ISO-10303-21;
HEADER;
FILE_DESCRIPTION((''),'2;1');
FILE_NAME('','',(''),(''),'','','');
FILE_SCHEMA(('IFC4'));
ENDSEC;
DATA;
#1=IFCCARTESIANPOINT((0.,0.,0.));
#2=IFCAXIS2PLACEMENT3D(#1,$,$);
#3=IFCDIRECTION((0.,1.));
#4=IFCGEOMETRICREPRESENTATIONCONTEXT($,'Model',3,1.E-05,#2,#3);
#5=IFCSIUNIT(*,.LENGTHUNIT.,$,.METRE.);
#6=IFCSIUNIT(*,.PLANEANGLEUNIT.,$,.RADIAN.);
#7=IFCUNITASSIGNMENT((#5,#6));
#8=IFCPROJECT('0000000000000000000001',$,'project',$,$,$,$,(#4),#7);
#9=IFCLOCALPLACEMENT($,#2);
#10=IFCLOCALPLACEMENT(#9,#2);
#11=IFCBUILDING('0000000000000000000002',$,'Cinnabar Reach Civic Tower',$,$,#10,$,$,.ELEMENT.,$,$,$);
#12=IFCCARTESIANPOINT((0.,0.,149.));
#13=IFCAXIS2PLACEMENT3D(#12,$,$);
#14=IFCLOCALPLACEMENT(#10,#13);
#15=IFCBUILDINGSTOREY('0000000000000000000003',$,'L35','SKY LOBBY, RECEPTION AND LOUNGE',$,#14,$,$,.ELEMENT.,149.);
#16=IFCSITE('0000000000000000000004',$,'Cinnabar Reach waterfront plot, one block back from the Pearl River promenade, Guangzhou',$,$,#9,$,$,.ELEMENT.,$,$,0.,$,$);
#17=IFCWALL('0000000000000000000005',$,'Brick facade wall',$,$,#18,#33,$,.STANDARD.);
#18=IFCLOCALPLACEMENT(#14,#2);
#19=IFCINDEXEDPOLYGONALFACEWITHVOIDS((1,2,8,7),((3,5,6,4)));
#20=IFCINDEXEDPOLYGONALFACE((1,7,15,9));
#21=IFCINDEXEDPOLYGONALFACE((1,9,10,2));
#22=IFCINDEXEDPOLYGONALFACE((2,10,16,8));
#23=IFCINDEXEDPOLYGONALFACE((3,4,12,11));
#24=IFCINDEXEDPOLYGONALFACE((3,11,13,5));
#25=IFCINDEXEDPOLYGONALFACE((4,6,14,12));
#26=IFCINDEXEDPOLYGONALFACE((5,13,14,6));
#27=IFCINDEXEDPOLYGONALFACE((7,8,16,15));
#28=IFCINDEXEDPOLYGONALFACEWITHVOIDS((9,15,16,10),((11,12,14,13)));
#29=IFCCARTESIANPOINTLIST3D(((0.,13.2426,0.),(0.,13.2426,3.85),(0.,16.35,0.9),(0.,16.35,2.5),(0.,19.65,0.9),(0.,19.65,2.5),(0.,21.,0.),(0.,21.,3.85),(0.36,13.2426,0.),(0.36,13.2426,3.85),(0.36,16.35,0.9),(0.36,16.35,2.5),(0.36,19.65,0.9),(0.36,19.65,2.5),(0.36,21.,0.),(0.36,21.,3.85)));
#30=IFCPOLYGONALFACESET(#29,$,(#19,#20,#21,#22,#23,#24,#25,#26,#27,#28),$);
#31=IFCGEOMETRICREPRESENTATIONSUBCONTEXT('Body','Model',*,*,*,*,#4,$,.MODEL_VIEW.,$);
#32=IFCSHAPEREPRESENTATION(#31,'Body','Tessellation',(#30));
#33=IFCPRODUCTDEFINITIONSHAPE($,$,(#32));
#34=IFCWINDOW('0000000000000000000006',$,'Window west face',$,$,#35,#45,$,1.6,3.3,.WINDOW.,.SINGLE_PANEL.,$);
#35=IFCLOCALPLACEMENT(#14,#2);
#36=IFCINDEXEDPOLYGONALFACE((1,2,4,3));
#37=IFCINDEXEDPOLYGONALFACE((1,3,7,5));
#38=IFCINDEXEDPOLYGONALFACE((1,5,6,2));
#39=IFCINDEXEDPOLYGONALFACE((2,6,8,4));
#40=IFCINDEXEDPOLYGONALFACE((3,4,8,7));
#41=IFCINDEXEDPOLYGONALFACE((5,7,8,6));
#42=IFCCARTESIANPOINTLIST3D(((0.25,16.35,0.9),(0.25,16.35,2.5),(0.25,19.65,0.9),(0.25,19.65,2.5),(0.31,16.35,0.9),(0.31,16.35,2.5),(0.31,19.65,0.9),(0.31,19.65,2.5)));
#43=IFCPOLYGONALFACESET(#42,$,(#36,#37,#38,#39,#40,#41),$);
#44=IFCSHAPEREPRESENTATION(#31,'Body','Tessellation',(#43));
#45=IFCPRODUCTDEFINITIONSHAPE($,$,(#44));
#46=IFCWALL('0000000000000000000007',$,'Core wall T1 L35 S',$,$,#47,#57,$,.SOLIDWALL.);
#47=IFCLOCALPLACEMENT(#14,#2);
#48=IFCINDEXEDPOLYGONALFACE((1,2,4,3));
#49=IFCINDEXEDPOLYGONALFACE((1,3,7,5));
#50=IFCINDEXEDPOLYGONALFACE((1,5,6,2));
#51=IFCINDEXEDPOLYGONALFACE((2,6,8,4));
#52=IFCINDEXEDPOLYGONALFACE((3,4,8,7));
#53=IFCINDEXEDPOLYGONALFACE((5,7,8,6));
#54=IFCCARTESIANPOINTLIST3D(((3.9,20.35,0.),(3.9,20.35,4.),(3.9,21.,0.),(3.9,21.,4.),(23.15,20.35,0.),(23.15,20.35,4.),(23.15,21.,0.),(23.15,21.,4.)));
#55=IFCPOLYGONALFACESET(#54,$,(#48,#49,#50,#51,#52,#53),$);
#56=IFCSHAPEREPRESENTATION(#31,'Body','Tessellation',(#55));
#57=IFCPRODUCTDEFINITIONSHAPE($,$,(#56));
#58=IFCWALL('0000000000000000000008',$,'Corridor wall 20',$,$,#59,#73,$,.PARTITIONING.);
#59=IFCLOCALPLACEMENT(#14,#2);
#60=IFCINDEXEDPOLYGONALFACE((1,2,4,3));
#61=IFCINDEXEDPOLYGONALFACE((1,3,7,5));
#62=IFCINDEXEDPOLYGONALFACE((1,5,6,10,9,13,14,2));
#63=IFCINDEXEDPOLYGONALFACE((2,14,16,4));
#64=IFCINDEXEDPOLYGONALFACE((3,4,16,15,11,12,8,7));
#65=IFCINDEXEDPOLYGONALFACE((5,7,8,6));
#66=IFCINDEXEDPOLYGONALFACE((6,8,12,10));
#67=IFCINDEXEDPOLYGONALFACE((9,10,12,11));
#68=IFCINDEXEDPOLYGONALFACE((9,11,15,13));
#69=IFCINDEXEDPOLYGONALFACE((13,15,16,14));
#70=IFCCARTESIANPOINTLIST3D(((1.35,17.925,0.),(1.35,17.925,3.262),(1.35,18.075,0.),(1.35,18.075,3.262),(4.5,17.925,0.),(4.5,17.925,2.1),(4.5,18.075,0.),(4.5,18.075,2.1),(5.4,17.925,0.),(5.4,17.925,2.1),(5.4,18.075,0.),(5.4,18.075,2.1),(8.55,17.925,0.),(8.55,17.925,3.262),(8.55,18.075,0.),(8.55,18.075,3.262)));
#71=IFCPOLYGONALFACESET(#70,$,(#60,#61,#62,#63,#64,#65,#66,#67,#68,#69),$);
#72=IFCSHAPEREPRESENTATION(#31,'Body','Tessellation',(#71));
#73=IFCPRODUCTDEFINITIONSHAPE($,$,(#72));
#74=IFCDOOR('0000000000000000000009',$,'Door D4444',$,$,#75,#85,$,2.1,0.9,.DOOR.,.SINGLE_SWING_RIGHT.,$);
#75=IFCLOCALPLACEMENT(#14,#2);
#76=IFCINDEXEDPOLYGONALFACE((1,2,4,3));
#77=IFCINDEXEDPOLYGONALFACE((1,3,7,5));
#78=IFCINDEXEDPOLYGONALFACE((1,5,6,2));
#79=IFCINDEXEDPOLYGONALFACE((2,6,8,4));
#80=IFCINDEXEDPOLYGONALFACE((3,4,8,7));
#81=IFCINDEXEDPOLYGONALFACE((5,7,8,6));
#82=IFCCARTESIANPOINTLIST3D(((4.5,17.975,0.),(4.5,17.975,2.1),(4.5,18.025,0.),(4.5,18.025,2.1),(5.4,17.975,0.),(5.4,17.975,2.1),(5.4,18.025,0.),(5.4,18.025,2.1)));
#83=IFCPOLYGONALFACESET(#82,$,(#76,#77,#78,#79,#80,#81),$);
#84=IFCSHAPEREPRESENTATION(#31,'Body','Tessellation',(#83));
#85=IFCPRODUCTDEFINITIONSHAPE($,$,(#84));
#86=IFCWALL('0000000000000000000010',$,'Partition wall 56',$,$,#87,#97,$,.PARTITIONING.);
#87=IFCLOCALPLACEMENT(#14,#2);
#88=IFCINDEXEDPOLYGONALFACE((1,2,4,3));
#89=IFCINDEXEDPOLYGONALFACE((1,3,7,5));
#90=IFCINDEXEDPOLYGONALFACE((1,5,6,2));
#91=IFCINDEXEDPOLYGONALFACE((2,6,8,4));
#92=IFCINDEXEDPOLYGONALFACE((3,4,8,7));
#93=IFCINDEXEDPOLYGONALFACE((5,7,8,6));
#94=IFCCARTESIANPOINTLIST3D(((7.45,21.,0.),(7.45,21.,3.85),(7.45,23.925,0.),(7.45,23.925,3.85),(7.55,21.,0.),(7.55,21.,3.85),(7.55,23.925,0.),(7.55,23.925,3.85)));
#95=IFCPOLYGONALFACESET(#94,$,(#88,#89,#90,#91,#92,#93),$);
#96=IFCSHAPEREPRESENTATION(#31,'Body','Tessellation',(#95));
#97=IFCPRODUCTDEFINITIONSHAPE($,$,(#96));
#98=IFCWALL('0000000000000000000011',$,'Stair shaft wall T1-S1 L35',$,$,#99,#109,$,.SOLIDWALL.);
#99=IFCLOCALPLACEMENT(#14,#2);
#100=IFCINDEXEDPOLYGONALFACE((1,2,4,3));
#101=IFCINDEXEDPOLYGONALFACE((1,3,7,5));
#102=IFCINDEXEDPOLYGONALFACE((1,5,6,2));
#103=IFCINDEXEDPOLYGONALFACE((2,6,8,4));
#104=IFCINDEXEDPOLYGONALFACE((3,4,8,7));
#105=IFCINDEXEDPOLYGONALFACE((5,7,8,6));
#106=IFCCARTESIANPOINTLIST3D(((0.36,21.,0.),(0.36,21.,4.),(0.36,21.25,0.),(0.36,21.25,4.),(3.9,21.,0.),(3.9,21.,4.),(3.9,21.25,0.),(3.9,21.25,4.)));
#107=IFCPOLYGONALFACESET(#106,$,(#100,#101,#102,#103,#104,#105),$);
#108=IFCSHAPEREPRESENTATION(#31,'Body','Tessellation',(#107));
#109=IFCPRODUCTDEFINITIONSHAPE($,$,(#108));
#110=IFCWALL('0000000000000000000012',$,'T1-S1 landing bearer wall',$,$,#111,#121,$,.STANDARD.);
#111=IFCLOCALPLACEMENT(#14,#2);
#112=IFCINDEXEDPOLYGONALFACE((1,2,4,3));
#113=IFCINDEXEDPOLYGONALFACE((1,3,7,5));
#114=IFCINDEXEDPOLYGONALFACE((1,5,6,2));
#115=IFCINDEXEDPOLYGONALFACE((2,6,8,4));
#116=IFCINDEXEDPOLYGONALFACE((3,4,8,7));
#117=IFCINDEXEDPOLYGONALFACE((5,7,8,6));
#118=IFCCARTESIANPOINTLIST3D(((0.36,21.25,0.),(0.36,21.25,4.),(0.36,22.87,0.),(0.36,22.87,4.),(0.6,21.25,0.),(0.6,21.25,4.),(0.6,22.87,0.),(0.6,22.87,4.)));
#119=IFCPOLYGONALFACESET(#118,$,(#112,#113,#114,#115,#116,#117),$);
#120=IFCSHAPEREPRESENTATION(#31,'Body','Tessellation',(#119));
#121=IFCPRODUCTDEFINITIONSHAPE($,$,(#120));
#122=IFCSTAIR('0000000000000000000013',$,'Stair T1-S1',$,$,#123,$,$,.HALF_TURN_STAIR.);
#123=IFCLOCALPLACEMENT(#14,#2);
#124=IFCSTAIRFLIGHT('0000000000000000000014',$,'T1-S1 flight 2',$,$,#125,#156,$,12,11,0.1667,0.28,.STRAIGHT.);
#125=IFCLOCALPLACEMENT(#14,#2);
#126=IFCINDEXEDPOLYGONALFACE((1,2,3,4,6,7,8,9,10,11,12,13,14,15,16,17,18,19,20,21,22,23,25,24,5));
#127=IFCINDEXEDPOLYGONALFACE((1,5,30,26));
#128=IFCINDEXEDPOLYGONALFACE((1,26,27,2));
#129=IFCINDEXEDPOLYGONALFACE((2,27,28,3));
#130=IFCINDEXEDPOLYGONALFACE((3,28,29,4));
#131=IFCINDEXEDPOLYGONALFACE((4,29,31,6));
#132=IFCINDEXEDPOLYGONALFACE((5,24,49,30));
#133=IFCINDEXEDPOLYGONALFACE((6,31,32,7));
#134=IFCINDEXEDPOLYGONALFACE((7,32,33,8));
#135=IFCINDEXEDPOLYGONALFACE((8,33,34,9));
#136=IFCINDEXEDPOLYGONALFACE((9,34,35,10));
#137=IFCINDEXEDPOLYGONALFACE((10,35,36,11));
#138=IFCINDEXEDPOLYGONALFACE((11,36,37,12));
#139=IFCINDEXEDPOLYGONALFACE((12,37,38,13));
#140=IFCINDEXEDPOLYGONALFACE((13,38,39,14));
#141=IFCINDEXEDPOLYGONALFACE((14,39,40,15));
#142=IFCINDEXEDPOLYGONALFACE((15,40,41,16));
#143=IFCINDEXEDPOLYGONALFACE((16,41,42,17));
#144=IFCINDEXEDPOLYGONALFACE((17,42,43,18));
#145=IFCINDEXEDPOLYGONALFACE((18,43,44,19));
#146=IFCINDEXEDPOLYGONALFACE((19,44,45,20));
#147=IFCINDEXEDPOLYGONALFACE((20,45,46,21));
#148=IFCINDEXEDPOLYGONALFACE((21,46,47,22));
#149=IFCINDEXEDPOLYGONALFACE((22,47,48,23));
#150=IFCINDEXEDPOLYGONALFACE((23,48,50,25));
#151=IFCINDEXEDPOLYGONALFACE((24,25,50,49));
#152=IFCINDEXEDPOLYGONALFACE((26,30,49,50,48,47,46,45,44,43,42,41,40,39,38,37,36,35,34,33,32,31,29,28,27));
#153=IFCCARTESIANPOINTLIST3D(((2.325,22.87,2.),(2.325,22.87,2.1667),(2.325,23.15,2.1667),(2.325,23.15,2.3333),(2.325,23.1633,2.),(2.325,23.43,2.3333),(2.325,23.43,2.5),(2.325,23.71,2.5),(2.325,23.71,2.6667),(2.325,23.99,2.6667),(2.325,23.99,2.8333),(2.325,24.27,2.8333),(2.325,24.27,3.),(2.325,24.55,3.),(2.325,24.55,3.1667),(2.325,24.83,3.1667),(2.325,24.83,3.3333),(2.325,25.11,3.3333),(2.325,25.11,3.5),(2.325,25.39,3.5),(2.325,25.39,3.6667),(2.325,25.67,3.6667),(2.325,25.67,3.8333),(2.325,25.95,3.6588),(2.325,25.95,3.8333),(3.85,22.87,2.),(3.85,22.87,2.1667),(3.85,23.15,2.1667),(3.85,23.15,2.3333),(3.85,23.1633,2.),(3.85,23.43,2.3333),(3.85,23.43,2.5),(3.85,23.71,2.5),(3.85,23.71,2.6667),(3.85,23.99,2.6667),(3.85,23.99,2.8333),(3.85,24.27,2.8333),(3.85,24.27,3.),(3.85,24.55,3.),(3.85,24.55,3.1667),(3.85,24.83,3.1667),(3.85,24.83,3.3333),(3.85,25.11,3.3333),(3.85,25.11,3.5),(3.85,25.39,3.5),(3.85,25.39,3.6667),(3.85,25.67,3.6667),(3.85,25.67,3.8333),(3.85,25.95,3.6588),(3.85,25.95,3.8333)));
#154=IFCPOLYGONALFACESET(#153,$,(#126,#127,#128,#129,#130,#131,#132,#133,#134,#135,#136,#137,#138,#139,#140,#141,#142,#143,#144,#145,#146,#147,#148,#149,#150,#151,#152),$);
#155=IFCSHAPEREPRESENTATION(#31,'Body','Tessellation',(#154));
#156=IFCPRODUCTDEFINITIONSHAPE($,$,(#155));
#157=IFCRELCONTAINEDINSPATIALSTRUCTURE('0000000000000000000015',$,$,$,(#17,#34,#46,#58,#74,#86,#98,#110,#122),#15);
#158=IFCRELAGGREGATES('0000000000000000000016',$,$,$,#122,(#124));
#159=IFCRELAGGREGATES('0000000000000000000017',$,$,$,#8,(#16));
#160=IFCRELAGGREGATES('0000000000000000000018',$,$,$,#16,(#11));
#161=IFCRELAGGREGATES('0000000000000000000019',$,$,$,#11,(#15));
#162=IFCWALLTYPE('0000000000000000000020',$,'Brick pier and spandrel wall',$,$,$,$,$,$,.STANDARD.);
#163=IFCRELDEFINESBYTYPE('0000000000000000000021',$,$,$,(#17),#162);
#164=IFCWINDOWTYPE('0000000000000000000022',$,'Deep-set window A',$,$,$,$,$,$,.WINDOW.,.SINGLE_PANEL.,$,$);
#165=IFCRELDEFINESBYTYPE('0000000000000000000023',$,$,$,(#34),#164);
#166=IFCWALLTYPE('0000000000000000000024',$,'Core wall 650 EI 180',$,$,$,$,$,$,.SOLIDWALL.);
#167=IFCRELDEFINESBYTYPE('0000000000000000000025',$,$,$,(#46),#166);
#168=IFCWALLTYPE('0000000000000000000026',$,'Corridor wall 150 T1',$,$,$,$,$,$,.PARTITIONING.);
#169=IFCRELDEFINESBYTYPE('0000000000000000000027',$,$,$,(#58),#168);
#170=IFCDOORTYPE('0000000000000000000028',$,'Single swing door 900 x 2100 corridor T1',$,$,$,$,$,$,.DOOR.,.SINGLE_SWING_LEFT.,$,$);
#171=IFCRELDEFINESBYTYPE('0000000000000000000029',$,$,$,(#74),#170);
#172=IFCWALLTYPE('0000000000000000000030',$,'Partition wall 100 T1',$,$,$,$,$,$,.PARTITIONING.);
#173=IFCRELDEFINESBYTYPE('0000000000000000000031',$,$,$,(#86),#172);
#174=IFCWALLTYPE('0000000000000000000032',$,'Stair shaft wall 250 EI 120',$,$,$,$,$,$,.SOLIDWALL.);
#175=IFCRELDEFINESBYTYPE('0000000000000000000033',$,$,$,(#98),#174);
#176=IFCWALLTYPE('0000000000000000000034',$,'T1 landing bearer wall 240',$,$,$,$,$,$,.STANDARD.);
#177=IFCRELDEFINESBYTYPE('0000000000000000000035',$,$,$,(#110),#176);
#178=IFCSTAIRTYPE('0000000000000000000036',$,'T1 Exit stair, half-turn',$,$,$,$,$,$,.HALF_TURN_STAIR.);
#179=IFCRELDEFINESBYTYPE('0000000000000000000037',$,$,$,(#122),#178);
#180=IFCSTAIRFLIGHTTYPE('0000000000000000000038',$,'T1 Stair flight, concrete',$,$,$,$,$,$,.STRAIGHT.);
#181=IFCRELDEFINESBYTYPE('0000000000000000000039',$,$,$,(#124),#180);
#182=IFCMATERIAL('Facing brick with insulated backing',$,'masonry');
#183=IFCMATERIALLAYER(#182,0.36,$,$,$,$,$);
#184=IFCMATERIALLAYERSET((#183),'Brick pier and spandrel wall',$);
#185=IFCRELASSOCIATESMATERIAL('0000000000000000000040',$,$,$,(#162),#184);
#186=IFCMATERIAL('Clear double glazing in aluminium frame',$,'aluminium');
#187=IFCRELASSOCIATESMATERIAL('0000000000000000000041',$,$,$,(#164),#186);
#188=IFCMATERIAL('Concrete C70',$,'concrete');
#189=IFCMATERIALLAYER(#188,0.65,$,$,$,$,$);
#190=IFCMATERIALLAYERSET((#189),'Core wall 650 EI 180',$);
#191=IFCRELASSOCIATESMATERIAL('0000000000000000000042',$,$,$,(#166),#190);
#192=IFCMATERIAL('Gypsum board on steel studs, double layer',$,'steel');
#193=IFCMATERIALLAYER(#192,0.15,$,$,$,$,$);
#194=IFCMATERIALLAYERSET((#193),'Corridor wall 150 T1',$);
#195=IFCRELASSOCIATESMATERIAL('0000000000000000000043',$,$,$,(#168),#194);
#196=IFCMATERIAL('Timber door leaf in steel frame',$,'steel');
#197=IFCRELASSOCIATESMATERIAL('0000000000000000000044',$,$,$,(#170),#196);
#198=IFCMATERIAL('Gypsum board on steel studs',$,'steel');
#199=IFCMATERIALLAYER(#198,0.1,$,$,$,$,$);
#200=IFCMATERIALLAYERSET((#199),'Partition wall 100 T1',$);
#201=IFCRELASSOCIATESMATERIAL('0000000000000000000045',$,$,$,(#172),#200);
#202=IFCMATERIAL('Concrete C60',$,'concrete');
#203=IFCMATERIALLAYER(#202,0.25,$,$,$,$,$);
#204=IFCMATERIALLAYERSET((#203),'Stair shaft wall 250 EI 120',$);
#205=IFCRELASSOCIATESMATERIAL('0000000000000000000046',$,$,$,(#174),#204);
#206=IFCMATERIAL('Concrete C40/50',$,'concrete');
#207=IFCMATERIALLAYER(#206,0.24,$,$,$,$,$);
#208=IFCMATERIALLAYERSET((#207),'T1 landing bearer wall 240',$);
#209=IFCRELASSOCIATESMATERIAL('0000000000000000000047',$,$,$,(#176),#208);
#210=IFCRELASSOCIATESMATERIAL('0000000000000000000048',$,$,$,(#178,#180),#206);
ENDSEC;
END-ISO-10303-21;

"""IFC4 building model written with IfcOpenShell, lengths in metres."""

from ifc_helpers import new_model, si_unit, direction, frame, frame_2d, origin, place, context, subcontext, project, spatial, polyline, rectangle, outline, extrude, material, layer, layer_set, type_object, element, fill, aggregate, save


model = new_model("IFC4")

# Units and contexts
model_context = context("Model", 3, precision=1e-05, world=origin(), true_north=direction((0.0, 1.0)))
body_context = subcontext(model_context, "Body", "Model", "MODEL_VIEW")
ifc_project = project(units=[si_unit("LENGTHUNIT", "METRE"), si_unit("PLANEANGLEUNIT", "RADIAN")], contexts=[model_context])

# Site, building, storey
site_placement = place(None, origin())
site = spatial("IfcSite", under=ifc_project, at=site_placement, Name="Cinnabar Reach waterfront plot, one block back from the Pearl River promenade, Guangzhou", CompositionType="ELEMENT", RefElevation=0.0)
building_placement = place(site_placement, origin())
building = spatial("IfcBuilding", under=site, at=building_placement, Name="Cinnabar Reach Civic Tower", CompositionType="ELEMENT")
storey_placement = place(building_placement, frame((0.0, 0.0, 149.0)))
storey = spatial("IfcBuildingStorey", under=building, at=storey_placement, Name="L35", Description="SKY LOBBY, RECEPTION AND LOUNGE", CompositionType="ELEMENT", Elevation=149.0)

# Shared definitions
ifc_material_1 = material(Name="Concrete C70", Category="concrete")

# Wall, opening, window
ifc_material_2 = material(Name="Facing brick with insulated backing", Category="masonry")
ifc_layer_1 = layer(ifc_material_2, 0.36)
ifc_layer_set_1 = layer_set([ifc_layer_1], Name="Brick pier and spandrel wall")
wall_type_1 = type_object("IfcWallType", Name="Brick pier and spandrel wall", PredefinedType="STANDARD", material=ifc_layer_set_1)
wall_1_placement = place(storey_placement, frame((0.18, 21.0, 0.0), z_axis=(0.0, 0.0, 1.0), x_axis=(0.0, -1.0, 0.0)))
wall_1 = element("IfcWall", 1, at=wall_1_placement, inside=storey, type_object=wall_type_1, Name="Brick facade wall", PredefinedType="STANDARD", context=body_context, shape_type="SweptSolid", body=[
    extrude(rectangle(XDim=7.7574, YDim=0.36, at=frame_2d((3.8787, 0.0))), origin(), (0.0, 0.0, 1.0), 3.85),
])
opening_1_placement = place(wall_1_placement, frame((1.35, 0.0, 0.9)))
opening_1 = element("IfcOpeningElement", 2, at=opening_1_placement, cuts=wall_1, PredefinedType="OPENING", context=body_context, shape_type="SweptSolid", body=[
    extrude(rectangle(XDim=3.3, YDim=1.6, at=frame_2d((1.65, 0.8))), frame((0.0, 0.19, 0.0), z_axis=(0.0, -1.0, 0.0), x_axis=(1.0, 0.0, 0.0)), (0.0, 0.0, 1.0), 0.38),
])
ifc_material_3 = material(Name="Clear double glazing in aluminium frame", Category="aluminium")
window_type = type_object("IfcWindowType", Name="Deep-set window A", PartitioningType="SINGLE_PANEL", PredefinedType="WINDOW", material=ifc_material_3)
window_placement = place(opening_1_placement, origin())
window = element("IfcWindow", 3, at=window_placement, inside=storey, type_object=window_type, Name="Window west face", OverallHeight=1.6, OverallWidth=3.3, PartitioningType="SINGLE_PANEL", PredefinedType="WINDOW", context=body_context, shape_type="SweptSolid", body=[
    extrude(rectangle(XDim=3.3, YDim=1.6, at=frame_2d((1.65, 0.8))), frame((0.0, 0.13, 0.0), z_axis=(0.0, -1.0, 0.0), x_axis=(1.0, 0.0, 0.0)), (0.0, 0.0, 1.0), 0.06),
])
fill(opening_1, window)

# Wall
ifc_layer_2 = layer(ifc_material_1, 0.65)
ifc_layer_set_2 = layer_set([ifc_layer_2], Name="Core wall 650 EI 180")
wall_type_2 = type_object("IfcWallType", Name="Core wall 650 EI 180", PredefinedType="SOLIDWALL", material=ifc_layer_set_2)
wall_2_placement = place(storey_placement, frame((3.9, 20.675, 0.0), z_axis=(0.0, 0.0, 1.0), x_axis=(1.0, 0.0, 0.0)))
element("IfcWall", 4, at=wall_2_placement, inside=storey, type_object=wall_type_2, Name="Core wall T1 L35 S", PredefinedType="SOLIDWALL", context=body_context, shape_type="SweptSolid", body=[
    extrude(rectangle(XDim=19.25, YDim=0.65, at=frame_2d((9.625, 0.0))), origin(), (0.0, 0.0, 1.0), 4.0),
])

# Wall, opening, door
ifc_material_4 = material(Name="Gypsum board on steel studs, double layer", Category="steel")
ifc_layer_3 = layer(ifc_material_4, 0.15)
ifc_layer_set_3 = layer_set([ifc_layer_3], Name="Corridor wall 150 T1")
wall_type_3 = type_object("IfcWallType", Name="Corridor wall 150 T1", PredefinedType="PARTITIONING", material=ifc_layer_set_3)
wall_3_placement = place(storey_placement, frame((1.35, 18.0, 0.0), z_axis=(0.0, 0.0, 1.0), x_axis=(1.0, 0.0, 0.0)))
wall_3 = element("IfcWall", 5, at=wall_3_placement, inside=storey, type_object=wall_type_3, Name="Corridor wall 20", PredefinedType="PARTITIONING", context=body_context, shape_type="SweptSolid", body=[
    extrude(rectangle(XDim=7.2, YDim=0.15, at=frame_2d((3.6, 0.0))), origin(), (0.0, 0.0, 1.0), 3.262),
])
opening_2_placement = place(wall_3_placement, frame((3.15, 0.0, 0.0)))
opening_2 = element("IfcOpeningElement", 6, at=opening_2_placement, cuts=wall_3, PredefinedType="OPENING", context=body_context, shape_type="SweptSolid", body=[
    extrude(rectangle(XDim=0.9, YDim=2.1, at=frame_2d((0.45, 1.05))), frame((0.0, 0.085, 0.0), z_axis=(0.0, -1.0, 0.0), x_axis=(1.0, 0.0, 0.0)), (0.0, 0.0, 1.0), 0.17),
])
ifc_material_5 = material(Name="Timber door leaf in steel frame", Category="steel")
door_type = type_object("IfcDoorType", Name="Single swing door 900 x 2100 corridor T1", OperationType="SINGLE_SWING_LEFT", PredefinedType="DOOR", material=ifc_material_5)
door_placement = place(opening_2_placement, frame((0.9, 0.0, 0.0), z_axis=(0.0, 0.0, 1.0), x_axis=(-1.0, 0.0, 0.0)))
door = element("IfcDoor", 7, at=door_placement, inside=storey, type_object=door_type, Name="Door D4444", OperationType="SINGLE_SWING_RIGHT", OverallHeight=2.1, OverallWidth=0.9, PredefinedType="DOOR", context=body_context, shape_type="SweptSolid", body=[
    extrude(rectangle(XDim=0.9, YDim=2.1, at=frame_2d((0.45, 1.05))), frame((0.0, 0.025, 0.0), z_axis=(0.0, -1.0, 0.0), x_axis=(1.0, 0.0, 0.0)), (0.0, 0.0, 1.0), 0.05),
])
fill(opening_2, door)

# Walls
ifc_material_6 = material(Name="Gypsum board on steel studs", Category="steel")
ifc_layer_4 = layer(ifc_material_6, 0.1)
ifc_layer_set_4 = layer_set([ifc_layer_4], Name="Partition wall 100 T1")
wall_type_4 = type_object("IfcWallType", Name="Partition wall 100 T1", PredefinedType="PARTITIONING", material=ifc_layer_set_4)
wall_4_placement = place(storey_placement, frame((7.5, 21.0, 0.0), z_axis=(0.0, 0.0, 1.0), x_axis=(0.0, 1.0, 0.0)))
element("IfcWall", 8, at=wall_4_placement, inside=storey, type_object=wall_type_4, Name="Partition wall 56", PredefinedType="PARTITIONING", context=body_context, shape_type="SweptSolid", body=[
    extrude(rectangle(XDim=2.925, YDim=0.1, at=frame_2d((1.4625, 0.0))), origin(), (0.0, 0.0, 1.0), 3.85),
])
ifc_material_7 = material(Name="Concrete C60", Category="concrete")
ifc_layer_5 = layer(ifc_material_7, 0.25)
ifc_layer_set_5 = layer_set([ifc_layer_5], Name="Stair shaft wall 250 EI 120")
wall_type_5 = type_object("IfcWallType", Name="Stair shaft wall 250 EI 120", PredefinedType="SOLIDWALL", material=ifc_layer_set_5)
wall_5_placement = place(storey_placement, frame((0.36, 21.125, 0.0), z_axis=(0.0, 0.0, 1.0), x_axis=(1.0, 0.0, 0.0)))
element("IfcWall", 9, at=wall_5_placement, inside=storey, type_object=wall_type_5, Name="Stair shaft wall T1-S1 L35", PredefinedType="SOLIDWALL", context=body_context, shape_type="SweptSolid", body=[
    extrude(rectangle(XDim=3.54, YDim=0.25, at=frame_2d((1.77, 0.0))), origin(), (0.0, 0.0, 1.0), 4.0),
])
ifc_material_8 = material(Name="Concrete C40/50", Category="concrete")
ifc_layer_6 = layer(ifc_material_8, 0.24)
ifc_layer_set_6 = layer_set([ifc_layer_6], Name="T1 landing bearer wall 240")
wall_type_6 = type_object("IfcWallType", Name="T1 landing bearer wall 240", PredefinedType="STANDARD", material=ifc_layer_set_6)
wall_6_placement = place(storey_placement, frame((0.48, 21.25, 0.0), z_axis=(0.0, 0.0, 1.0), x_axis=(0.0, 1.0, 0.0)))
element("IfcWall", 10, at=wall_6_placement, inside=storey, type_object=wall_type_6, Name="T1-S1 landing bearer wall", PredefinedType="STANDARD", context=body_context, shape_type="SweptSolid", body=[
    extrude(rectangle(XDim=1.62, YDim=0.24, at=frame_2d((0.81, 0.0))), origin(), (0.0, 0.0, 1.0), 4.0),
])

# Stair, stair flight
stair_type = type_object("IfcStairType", Name="T1 Exit stair, half-turn", PredefinedType="HALF_TURN_STAIR", material=ifc_material_8)
stair_placement = place(storey_placement, origin())
stair = element("IfcStair", 11, at=stair_placement, inside=storey, type_object=stair_type, Name="Stair T1-S1", PredefinedType="HALF_TURN_STAIR")
stair_flight_type = type_object("IfcStairFlightType", Name="T1 Stair flight, concrete", PredefinedType="STRAIGHT", material=ifc_material_8)
stair_flight_placement = place(storey_placement, frame((3.0875, 22.87, 2.0), z_axis=(0.0, 0.0, 1.0), x_axis=(0.0, 1.0, 0.0)))
stair_flight = element("IfcStairFlight", 12, at=stair_flight_placement, type_object=stair_flight_type, Name="T1-S1 flight 2", NumberOfRisers=12, NumberOfTreads=11, PredefinedType="STRAIGHT", RiserHeight=0.1667, TreadLength=0.28, context=body_context, shape_type="SweptSolid", body=[
    extrude(outline(polyline([(0.0, 0.0), (0.0, 0.1667), (0.28, 0.1667), (0.28, 0.3333), (0.56, 0.3333), (0.56, 0.5), (0.84, 0.5), (0.84, 0.6667), (1.12, 0.6667), (1.12, 0.8333), (1.4, 0.8333), (1.4, 1.0), (1.68, 1.0), (1.68, 1.1667), (1.96, 1.1667), (1.96, 1.3333), (2.24, 1.3333), (2.24, 1.5), (2.52, 1.5), (2.52, 1.6667), (2.8, 1.6667), (2.8, 1.8333), (3.08, 1.8333), (3.08, 2.0), (3.08, 1.6588), (0.2933, 0.0), (0.0, 0.0)])), frame((0.0, 0.7625, 0.0), z_axis=(0.0, -1.0, 0.0), x_axis=(1.0, 0.0, 0.0)), (0.0, 0.0, 1.0), 1.525),
])
aggregate(stair, [stair_flight])

save(model, "model.ifc")
